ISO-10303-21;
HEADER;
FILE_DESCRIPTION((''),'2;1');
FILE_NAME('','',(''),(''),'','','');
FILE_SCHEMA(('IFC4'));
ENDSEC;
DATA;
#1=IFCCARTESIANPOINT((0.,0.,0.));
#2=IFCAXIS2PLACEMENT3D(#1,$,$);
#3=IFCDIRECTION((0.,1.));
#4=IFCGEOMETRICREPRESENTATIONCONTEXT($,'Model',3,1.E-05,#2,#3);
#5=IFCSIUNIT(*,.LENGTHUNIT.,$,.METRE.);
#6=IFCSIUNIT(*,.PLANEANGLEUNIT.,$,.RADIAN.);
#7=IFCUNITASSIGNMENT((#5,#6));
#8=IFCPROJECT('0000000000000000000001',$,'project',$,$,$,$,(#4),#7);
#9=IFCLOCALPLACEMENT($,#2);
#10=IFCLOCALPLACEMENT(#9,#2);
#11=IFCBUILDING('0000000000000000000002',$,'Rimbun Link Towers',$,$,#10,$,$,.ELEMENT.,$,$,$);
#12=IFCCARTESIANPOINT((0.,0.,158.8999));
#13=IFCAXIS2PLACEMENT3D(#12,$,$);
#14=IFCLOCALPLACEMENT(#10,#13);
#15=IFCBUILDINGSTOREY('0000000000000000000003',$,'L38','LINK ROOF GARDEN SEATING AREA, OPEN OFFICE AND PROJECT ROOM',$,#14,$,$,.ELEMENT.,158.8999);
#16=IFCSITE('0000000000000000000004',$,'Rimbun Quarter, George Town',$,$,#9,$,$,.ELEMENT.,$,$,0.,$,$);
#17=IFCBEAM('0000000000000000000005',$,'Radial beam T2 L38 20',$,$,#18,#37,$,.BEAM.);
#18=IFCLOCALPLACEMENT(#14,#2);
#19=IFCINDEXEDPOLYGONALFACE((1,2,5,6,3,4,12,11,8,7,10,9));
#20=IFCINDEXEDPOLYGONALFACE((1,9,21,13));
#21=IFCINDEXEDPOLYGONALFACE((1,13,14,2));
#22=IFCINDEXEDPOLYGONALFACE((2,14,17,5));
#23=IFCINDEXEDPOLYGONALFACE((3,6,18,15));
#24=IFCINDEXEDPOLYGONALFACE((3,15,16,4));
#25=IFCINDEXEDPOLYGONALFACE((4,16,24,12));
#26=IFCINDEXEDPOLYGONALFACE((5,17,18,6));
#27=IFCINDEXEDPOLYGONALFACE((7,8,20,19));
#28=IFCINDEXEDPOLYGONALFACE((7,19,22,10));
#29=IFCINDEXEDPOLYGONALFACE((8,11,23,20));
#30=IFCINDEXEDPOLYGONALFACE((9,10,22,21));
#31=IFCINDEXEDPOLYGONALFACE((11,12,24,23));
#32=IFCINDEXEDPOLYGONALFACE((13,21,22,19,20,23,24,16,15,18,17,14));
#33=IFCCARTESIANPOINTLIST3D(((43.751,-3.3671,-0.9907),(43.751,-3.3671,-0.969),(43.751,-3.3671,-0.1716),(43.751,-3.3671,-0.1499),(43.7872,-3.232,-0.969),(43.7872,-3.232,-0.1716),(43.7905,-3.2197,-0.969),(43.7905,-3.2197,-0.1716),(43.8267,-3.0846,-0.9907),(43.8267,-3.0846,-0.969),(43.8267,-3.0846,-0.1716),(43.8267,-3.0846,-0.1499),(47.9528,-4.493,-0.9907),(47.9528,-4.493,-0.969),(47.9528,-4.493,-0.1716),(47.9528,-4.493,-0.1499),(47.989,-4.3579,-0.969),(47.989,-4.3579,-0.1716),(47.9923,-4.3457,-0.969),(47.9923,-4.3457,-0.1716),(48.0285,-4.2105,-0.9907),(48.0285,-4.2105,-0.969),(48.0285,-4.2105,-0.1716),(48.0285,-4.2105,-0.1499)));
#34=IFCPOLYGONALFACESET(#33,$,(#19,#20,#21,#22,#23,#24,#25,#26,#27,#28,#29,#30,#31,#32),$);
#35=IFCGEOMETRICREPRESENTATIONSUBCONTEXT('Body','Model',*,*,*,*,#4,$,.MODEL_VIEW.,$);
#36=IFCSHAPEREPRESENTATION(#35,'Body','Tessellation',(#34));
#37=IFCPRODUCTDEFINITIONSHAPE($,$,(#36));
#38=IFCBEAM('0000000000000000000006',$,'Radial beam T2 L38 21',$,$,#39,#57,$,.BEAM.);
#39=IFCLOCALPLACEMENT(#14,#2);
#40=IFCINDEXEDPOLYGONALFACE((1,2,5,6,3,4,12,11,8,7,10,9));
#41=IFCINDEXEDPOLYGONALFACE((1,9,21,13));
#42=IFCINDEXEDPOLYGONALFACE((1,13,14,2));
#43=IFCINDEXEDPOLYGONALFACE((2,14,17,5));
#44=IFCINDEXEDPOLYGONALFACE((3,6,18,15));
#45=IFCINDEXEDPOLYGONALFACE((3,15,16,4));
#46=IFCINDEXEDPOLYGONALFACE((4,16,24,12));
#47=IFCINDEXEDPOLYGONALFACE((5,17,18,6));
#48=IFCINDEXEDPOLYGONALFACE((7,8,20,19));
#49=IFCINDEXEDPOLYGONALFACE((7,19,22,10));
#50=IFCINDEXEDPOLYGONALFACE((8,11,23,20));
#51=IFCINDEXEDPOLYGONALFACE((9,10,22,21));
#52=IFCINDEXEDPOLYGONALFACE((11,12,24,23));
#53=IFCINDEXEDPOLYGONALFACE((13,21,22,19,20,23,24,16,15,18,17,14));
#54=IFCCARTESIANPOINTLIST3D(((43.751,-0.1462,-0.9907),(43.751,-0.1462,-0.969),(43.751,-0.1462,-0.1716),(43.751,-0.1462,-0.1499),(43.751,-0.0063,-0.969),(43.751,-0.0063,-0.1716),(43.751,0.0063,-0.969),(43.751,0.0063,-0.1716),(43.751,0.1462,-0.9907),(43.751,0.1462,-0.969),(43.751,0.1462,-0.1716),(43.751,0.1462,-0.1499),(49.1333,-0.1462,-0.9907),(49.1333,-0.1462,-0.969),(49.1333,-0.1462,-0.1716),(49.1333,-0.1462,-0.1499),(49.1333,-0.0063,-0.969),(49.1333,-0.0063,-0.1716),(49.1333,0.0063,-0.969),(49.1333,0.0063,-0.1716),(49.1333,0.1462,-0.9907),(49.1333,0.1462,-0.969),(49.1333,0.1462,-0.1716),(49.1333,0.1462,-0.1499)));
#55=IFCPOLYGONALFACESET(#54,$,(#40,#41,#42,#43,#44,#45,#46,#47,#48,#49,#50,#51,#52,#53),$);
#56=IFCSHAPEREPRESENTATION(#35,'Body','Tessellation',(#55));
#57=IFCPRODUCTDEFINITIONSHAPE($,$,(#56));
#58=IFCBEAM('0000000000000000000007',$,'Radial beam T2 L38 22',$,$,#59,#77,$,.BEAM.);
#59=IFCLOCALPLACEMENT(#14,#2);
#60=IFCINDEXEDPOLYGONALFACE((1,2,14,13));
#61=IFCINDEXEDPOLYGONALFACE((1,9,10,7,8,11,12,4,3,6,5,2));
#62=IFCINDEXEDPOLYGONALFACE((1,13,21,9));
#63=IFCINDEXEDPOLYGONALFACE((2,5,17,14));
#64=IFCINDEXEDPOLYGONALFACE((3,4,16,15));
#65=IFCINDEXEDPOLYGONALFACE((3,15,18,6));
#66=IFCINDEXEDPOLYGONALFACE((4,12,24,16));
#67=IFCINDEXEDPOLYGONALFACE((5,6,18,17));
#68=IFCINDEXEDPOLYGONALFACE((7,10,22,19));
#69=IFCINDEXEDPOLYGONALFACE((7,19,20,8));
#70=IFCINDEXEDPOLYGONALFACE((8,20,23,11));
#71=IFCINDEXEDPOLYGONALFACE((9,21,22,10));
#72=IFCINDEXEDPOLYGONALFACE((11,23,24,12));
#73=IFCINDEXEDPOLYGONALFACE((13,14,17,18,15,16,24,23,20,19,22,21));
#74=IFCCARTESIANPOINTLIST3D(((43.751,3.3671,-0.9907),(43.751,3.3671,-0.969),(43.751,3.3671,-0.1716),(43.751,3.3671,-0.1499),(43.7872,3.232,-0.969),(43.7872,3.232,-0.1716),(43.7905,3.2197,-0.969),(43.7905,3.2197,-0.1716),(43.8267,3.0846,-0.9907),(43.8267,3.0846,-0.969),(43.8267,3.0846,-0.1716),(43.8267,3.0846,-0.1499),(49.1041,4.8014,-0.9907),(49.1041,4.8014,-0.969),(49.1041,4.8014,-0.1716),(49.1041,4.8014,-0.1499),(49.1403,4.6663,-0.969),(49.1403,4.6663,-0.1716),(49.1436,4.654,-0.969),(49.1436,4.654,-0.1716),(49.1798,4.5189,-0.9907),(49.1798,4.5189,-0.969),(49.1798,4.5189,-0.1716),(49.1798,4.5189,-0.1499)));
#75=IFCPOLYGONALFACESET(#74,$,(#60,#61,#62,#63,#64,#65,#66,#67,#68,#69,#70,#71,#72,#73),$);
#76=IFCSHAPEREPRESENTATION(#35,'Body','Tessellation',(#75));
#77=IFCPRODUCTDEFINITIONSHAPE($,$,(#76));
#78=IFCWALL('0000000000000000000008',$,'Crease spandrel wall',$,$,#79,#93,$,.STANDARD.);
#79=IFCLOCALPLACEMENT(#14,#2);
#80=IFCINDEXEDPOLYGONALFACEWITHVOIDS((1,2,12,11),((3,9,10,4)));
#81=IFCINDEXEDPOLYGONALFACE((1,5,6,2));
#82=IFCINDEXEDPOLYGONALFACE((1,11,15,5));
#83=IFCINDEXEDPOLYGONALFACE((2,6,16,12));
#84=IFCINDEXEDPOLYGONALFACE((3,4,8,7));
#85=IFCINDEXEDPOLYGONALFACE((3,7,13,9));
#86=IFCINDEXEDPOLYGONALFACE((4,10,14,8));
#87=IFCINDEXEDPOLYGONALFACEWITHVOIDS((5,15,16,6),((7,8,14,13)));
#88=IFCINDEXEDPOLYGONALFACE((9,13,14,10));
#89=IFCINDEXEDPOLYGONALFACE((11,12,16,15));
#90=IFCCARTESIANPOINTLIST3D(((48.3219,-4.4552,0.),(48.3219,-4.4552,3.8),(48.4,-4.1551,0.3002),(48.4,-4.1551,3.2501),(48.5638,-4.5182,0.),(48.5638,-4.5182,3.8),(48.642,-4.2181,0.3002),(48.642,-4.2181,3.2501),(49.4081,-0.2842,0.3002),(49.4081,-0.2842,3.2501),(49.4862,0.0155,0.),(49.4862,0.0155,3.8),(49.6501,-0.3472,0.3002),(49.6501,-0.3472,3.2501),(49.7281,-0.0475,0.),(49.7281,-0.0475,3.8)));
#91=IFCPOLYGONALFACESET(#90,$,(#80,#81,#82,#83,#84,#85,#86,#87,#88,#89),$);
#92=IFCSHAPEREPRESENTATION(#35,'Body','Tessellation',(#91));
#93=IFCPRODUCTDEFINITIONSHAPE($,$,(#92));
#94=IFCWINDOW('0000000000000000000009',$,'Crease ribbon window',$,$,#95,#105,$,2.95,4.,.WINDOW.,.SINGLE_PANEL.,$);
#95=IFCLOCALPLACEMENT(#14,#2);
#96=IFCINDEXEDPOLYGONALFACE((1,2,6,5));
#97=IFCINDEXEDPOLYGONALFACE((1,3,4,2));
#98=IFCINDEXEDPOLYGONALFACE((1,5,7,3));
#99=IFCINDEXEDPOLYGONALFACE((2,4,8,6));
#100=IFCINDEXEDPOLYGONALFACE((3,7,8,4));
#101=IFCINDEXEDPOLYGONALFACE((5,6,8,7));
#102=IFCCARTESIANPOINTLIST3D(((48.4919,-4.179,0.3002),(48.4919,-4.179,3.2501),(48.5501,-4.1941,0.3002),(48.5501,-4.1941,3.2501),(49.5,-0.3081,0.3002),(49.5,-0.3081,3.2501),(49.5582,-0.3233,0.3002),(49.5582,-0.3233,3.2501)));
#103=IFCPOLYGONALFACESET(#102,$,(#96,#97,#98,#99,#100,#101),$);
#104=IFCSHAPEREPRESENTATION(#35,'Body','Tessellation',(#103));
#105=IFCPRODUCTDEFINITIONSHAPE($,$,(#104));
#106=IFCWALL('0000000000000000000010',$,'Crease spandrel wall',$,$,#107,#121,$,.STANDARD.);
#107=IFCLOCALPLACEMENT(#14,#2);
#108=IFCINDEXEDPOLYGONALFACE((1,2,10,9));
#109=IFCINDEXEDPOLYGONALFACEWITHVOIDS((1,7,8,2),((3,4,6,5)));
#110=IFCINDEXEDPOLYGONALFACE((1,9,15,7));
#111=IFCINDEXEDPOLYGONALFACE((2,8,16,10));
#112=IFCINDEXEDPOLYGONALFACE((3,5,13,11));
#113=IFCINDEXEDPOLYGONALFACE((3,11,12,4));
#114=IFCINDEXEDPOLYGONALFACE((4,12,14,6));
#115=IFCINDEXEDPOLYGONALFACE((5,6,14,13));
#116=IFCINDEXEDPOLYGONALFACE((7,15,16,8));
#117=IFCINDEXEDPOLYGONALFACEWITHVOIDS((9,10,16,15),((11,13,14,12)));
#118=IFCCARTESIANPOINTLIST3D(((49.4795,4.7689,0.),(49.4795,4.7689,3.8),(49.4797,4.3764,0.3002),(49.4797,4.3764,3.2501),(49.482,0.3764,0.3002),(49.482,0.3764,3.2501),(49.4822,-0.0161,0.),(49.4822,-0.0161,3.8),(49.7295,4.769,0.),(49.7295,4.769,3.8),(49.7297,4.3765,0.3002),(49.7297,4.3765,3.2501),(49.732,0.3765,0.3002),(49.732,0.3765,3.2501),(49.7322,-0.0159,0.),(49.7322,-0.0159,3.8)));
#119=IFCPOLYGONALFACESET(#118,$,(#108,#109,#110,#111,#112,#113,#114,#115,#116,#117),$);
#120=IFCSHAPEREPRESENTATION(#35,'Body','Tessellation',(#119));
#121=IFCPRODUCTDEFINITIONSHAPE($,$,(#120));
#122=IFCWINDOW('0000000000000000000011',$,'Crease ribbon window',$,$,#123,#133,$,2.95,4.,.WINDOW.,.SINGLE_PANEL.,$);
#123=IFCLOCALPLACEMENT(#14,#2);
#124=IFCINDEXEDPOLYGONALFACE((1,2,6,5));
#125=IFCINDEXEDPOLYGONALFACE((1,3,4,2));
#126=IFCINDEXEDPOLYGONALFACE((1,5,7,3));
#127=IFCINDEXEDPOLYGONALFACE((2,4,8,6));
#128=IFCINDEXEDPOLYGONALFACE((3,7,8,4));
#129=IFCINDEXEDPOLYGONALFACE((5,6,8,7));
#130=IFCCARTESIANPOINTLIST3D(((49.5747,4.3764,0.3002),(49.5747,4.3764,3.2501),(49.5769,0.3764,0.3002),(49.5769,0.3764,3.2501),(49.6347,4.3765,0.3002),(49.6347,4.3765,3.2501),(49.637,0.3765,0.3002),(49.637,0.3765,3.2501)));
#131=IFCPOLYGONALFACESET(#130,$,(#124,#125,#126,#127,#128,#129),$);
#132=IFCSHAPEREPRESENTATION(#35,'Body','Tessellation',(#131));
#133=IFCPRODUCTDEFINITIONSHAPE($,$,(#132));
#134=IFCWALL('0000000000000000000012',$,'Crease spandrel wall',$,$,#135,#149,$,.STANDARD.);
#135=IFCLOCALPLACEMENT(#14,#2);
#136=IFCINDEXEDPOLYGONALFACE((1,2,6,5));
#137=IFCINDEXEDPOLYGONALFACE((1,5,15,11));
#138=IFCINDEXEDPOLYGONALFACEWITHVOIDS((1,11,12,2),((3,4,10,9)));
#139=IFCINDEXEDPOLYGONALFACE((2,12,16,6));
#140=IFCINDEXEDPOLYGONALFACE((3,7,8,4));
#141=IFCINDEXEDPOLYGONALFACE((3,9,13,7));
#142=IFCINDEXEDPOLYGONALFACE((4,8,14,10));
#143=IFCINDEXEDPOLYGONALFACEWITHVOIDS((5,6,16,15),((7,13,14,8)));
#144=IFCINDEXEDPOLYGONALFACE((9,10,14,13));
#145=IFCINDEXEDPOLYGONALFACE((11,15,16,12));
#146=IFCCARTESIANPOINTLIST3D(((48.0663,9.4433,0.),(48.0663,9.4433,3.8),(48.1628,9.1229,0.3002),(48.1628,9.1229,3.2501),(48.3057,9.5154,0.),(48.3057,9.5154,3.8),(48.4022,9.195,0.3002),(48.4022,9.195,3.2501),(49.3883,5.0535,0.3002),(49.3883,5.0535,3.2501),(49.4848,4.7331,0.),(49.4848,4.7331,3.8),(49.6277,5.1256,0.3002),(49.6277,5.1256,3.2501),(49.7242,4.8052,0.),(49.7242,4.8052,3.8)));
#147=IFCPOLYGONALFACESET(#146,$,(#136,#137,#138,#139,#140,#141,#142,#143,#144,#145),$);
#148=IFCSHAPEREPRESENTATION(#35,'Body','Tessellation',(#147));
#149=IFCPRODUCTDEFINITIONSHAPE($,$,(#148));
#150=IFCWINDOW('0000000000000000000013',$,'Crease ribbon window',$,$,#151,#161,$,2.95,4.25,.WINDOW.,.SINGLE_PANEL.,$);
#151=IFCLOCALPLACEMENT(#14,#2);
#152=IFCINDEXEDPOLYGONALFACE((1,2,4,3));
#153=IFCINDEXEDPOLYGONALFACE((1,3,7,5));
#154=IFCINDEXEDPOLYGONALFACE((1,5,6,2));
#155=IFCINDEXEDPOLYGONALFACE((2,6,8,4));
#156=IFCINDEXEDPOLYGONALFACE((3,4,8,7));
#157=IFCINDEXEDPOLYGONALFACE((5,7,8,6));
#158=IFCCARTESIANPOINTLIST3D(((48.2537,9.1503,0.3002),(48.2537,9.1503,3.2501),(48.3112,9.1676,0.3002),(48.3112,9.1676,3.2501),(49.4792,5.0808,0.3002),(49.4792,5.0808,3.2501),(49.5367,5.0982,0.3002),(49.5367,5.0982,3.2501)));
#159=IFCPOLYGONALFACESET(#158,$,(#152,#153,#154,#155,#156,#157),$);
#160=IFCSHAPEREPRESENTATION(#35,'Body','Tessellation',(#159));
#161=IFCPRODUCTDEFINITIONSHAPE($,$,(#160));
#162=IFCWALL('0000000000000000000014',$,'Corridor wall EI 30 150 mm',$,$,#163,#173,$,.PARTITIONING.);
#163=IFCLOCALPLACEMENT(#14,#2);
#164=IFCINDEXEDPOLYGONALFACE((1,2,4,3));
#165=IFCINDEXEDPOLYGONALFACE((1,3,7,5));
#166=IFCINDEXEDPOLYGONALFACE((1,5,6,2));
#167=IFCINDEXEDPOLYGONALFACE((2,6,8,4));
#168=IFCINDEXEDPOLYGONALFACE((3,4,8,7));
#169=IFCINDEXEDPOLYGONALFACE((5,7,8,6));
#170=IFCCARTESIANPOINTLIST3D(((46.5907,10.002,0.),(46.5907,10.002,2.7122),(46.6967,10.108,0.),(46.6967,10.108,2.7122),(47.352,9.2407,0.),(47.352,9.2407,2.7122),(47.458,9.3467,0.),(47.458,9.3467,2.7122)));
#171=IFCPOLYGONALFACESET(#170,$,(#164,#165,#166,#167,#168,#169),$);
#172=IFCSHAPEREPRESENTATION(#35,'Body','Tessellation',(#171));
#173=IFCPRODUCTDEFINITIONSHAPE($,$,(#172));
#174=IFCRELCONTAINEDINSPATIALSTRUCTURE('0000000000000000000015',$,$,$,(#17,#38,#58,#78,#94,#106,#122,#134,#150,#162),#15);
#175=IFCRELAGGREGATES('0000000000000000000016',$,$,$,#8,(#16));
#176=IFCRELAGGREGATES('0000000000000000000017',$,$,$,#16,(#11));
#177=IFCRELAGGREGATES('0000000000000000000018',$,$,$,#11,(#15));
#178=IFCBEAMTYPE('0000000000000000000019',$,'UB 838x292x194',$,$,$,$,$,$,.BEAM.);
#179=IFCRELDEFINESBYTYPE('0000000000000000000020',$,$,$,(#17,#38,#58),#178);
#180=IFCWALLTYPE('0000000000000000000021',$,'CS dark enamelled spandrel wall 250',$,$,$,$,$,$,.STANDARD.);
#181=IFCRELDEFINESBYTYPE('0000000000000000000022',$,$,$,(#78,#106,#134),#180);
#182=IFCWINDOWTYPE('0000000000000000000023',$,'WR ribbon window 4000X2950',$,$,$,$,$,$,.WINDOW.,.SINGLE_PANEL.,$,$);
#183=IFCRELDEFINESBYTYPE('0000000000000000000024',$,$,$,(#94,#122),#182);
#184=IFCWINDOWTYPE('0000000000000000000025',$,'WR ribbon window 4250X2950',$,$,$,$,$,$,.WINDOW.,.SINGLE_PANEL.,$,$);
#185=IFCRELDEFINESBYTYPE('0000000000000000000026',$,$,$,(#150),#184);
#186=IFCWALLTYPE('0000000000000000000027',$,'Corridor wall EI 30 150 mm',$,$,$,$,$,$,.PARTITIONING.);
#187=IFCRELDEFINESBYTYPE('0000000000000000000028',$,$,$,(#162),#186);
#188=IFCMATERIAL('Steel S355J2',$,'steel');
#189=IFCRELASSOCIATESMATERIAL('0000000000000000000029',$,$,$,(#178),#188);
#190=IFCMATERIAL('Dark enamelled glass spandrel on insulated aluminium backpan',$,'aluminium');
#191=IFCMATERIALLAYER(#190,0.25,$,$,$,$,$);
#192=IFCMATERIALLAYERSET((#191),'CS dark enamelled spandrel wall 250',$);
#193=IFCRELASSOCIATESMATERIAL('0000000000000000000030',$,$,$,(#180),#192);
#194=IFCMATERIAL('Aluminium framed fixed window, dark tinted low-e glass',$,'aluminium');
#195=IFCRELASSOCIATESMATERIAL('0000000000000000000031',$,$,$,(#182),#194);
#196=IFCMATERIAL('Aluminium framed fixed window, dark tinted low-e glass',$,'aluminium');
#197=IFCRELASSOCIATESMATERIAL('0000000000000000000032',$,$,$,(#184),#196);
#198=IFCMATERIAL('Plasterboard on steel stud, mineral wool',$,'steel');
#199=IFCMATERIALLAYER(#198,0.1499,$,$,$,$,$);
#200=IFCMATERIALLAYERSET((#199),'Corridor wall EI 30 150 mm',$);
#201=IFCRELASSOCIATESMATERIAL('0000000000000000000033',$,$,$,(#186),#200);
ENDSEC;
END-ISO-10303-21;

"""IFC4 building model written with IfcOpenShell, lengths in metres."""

from ifc_helpers import new_model, si_unit, direction, frame, frame_2d, origin, origin_2d, place, context, subcontext, project, spatial, rectangle, i_section, extrude, material, layer, layer_set, material_profile, profile_set, type_object, element, fill, save


model = new_model("IFC4")

# Units and contexts
model_context = context("Model", 3, precision=1e-05, world=origin(), true_north=direction((0.0, 1.0)))
body_context = subcontext(model_context, "Body", "Model", "MODEL_VIEW")
ifc_project = project(units=[si_unit("LENGTHUNIT", "METRE"), si_unit("PLANEANGLEUNIT", "RADIAN")], contexts=[model_context])

# Site, building, storey
site_placement = place(None, origin())
site = spatial("IfcSite", under=ifc_project, at=site_placement, Name="Rimbun Quarter, George Town", CompositionType="ELEMENT", RefElevation=0.0)
building_placement = place(site_placement, origin())
building = spatial("IfcBuilding", under=site, at=building_placement, Name="Rimbun Link Towers", CompositionType="ELEMENT")
storey_placement = place(building_placement, frame((0.0, 0.0, 158.8999)))
storey = spatial("IfcBuildingStorey", under=building, at=storey_placement, Name="L38", Description="LINK ROOF GARDEN SEATING AREA, OPEN OFFICE AND PROJECT ROOM", CompositionType="ELEMENT", Elevation=158.8999)

# Beams
ifc_material_1 = material(Name="Steel S355J2", Category="steel")
ifc_material_profile_1 = material_profile(ifc_material_1, i_section(OverallWidth=0.2925, OverallDepth=0.8408, WebThickness=0.0127, FlangeThickness=0.0217, at=origin_2d()), Name="UB 838x292x194")
ifc_profile_set_1 = profile_set([ifc_material_profile_1], Name="Steel S355J2")
beam_type_1 = type_object("IfcBeamType", Name="UB 838x292x194", PredefinedType="BEAM", material=ifc_profile_set_1)
beam_1_placement = place(storey_placement, frame((43.7888, -3.2258, -0.5703), z_axis=(0.965921, -0.258836, 0.0), x_axis=(0.258836, 0.965921, 0.0)))
element("IfcBeam", 1, at=beam_1_placement, inside=storey, type_object=beam_type_1, Name="Radial beam T2 L38 20", PredefinedType="BEAM", context=body_context, shape_type="SweptSolid", body=[
    extrude(i_section(OverallWidth=0.2925, OverallDepth=0.8408, WebThickness=0.0127, FlangeThickness=0.0217, at=origin_2d()), origin(), (0.0, 0.0, 1.0), 4.3501),
])
beam_2_placement = place(storey_placement, frame((43.751, 0.0, -0.5703), z_axis=(1.0, 0.0, 0.0), x_axis=(0.0, 1.0, 0.0)))
element("IfcBeam", 2, at=beam_2_placement, inside=storey, type_object=beam_type_1, Name="Radial beam T2 L38 21", PredefinedType="BEAM", context=body_context, shape_type="SweptSolid", body=[
    extrude(i_section(OverallWidth=0.2925, OverallDepth=0.8408, WebThickness=0.0127, FlangeThickness=0.0217, at=origin_2d()), origin(), (0.0, 0.0, 1.0), 5.3823),
])
beam_3_placement = place(storey_placement, frame((43.7888, 3.2258, -0.5703), z_axis=(0.965929, 0.258806, 0.0), x_axis=(-0.258806, 0.965929, 0.0)))
element("IfcBeam", 3, at=beam_3_placement, inside=storey, type_object=beam_type_1, Name="Radial beam T2 L38 22", PredefinedType="BEAM", context=body_context, shape_type="SweptSolid", body=[
    extrude(i_section(OverallWidth=0.2925, OverallDepth=0.8408, WebThickness=0.0127, FlangeThickness=0.0217, at=origin_2d()), origin(), (0.0, 0.0, 1.0), 5.542),
])

# Walls, openings, windows
ifc_material_2 = material(Name="Dark enamelled glass spandrel on insulated aluminium backpan", Category="aluminium")
ifc_layer_1 = layer(ifc_material_2, 0.25)
ifc_layer_set_1 = layer_set([ifc_layer_1], Name="CS dark enamelled spandrel wall 250")
wall_type_1 = type_object("IfcWallType", Name="CS dark enamelled spandrel wall 250", PredefinedType="STANDARD", material=ifc_layer_set_1)
wall_1_placement = place(storey_placement, frame((49.6072, -0.0159, 0.0), z_axis=(0.0, 0.0, 1.0), x_axis=(-0.252024, -0.967721, 0.0)))
wall_1 = element("IfcWall", 4, at=wall_1_placement, inside=storey, type_object=wall_type_1, Name="Crease spandrel wall", PredefinedType="STANDARD", context=body_context, shape_type="SweptSolid", body=[
    extrude(rectangle(XDim=4.6199, YDim=0.25, at=frame_2d((2.3101, 0.0))), origin(), (0.0, 0.0, 1.0), 3.8),
])
opening_1_placement = place(wall_1_placement, frame((0.3098, 0.0, 0.3)))
opening_1 = element("IfcOpeningElement", 5, at=opening_1_placement, cuts=wall_1, PredefinedType="OPENING", context=body_context, shape_type="SweptSolid", body=[
    extrude(rectangle(XDim=4.0, YDim=2.95, at=frame_2d((2.0, 1.4751))), frame((0.0, 0.135, 0.0), z_axis=(0.0, -1.0, 0.0), x_axis=(1.0, 0.0, 0.0)), (0.0, 0.0, 1.0), 0.27),
])
ifc_material_3 = material(Name="Aluminium framed fixed window, dark tinted low-e glass", Category="aluminium")
window_type_1 = type_object("IfcWindowType", Name="WR ribbon window 4000X2950", PartitioningType="SINGLE_PANEL", PredefinedType="WINDOW", material=ifc_material_3)
window_1_placement = place(opening_1_placement, origin())
window_1 = element("IfcWindow", 6, at=window_1_placement, inside=storey, type_object=window_type_1, Name="Crease ribbon window", OverallHeight=2.95, OverallWidth=4.0, PartitioningType="SINGLE_PANEL", PredefinedType="WINDOW", context=body_context, shape_type="SweptSolid", body=[
    extrude(rectangle(XDim=4.0, YDim=2.95, at=frame_2d((2.0, 1.4751))), frame((0.0, 0.03, 0.0), z_axis=(0.0, -1.0, 0.0), x_axis=(1.0, 0.0, 0.0)), (0.0, 0.0, 1.0), 0.0601),
])
fill(opening_1, window_1)
wall_2_placement = place(storey_placement, frame((49.6045, 4.769, 0.0), z_axis=(0.0, 0.0, 1.0), x_axis=(0.000561, -1.0, 0.0)))
wall_2 = element("IfcWall", 7, at=wall_2_placement, inside=storey, type_object=wall_type_1, Name="Crease spandrel wall", PredefinedType="STANDARD", context=body_context, shape_type="SweptSolid", body=[
    extrude(rectangle(XDim=4.7849, YDim=0.25, at=frame_2d((2.3926, 0.0))), origin(), (0.0, 0.0, 1.0), 3.8),
])
opening_2_placement = place(wall_2_placement, frame((0.3926, 0.0, 0.3)))
opening_2 = element("IfcOpeningElement", 8, at=opening_2_placement, cuts=wall_2, PredefinedType="OPENING", context=body_context, shape_type="SweptSolid", body=[
    extrude(rectangle(XDim=4.0, YDim=2.95, at=frame_2d((2.0, 1.4751))), frame((0.0, 0.135, 0.0), z_axis=(0.0, -1.0, 0.0), x_axis=(1.0, 0.0, 0.0)), (0.0, 0.0, 1.0), 0.27),
])
window_2_placement = place(opening_2_placement, origin())
window_2 = element("IfcWindow", 9, at=window_2_placement, inside=storey, type_object=window_type_1, Name="Crease ribbon window", OverallHeight=2.95, OverallWidth=4.0, PartitioningType="SINGLE_PANEL", PredefinedType="WINDOW", context=body_context, shape_type="SweptSolid", body=[
    extrude(rectangle(XDim=4.0, YDim=2.95, at=frame_2d((2.0, 1.4751))), frame((0.0, 0.03, 0.0), z_axis=(0.0, -1.0, 0.0), x_axis=(1.0, 0.0, 0.0)), (0.0, 0.0, 1.0), 0.0601),
])
fill(opening_2, window_2)
wall_3_placement = place(storey_placement, frame((48.186, 9.4792, 0.0), z_axis=(0.0, 0.0, 1.0), x_axis=(0.288354, -0.957524, 0.0)))
wall_3 = element("IfcWall", 10, at=wall_3_placement, inside=storey, type_object=wall_type_1, Name="Crease spandrel wall", PredefinedType="STANDARD", context=body_context, shape_type="SweptSolid", body=[
    extrude(rectangle(XDim=4.9192, YDim=0.25, at=frame_2d((2.4595, 0.0))), origin(), (0.0, 0.0, 1.0), 3.8),
])
opening_3_placement = place(wall_3_placement, frame((0.3345, 0.0, 0.3)))
opening_3 = element("IfcOpeningElement", 11, at=opening_3_placement, cuts=wall_3, PredefinedType="OPENING", context=body_context, shape_type="SweptSolid", body=[
    extrude(rectangle(XDim=4.25, YDim=2.95, at=frame_2d((2.125, 1.4751))), frame((0.0, 0.135, 0.0), z_axis=(0.0, -1.0, 0.0), x_axis=(1.0, 0.0, 0.0)), (0.0, 0.0, 1.0), 0.27),
])
ifc_material_4 = material(Name="Aluminium framed fixed window, dark tinted low-e glass", Category="aluminium")
window_type_2 = type_object("IfcWindowType", Name="WR ribbon window 4250X2950", PartitioningType="SINGLE_PANEL", PredefinedType="WINDOW", material=ifc_material_4)
window_3_placement = place(opening_3_placement, origin())
window_3 = element("IfcWindow", 12, at=window_3_placement, inside=storey, type_object=window_type_2, Name="Crease ribbon window", OverallHeight=2.95, OverallWidth=4.25, PartitioningType="SINGLE_PANEL", PredefinedType="WINDOW", context=body_context, shape_type="SweptSolid", body=[
    extrude(rectangle(XDim=4.25, YDim=2.95, at=frame_2d((2.125, 1.4751))), frame((0.0, 0.03, 0.0), z_axis=(0.0, -1.0, 0.0), x_axis=(1.0, 0.0, 0.0)), (0.0, 0.0, 1.0), 0.0601),
])
fill(opening_3, window_3)

# Wall
ifc_material_5 = material(Name="Plasterboard on steel stud, mineral wool", Category="steel")
ifc_layer_2 = layer(ifc_material_5, 0.1499)
ifc_layer_set_2 = layer_set([ifc_layer_2], Name="Corridor wall EI 30 150 mm")
wall_type_2 = type_object("IfcWallType", Name="Corridor wall EI 30 150 mm", PredefinedType="PARTITIONING", material=ifc_layer_set_2)
wall_4_placement = place(storey_placement, frame((47.405, 9.2937, 0.0), z_axis=(0.0, 0.0, 1.0), x_axis=(-0.707107, 0.707107, 0.0)))
element("IfcWall", 13, at=wall_4_placement, inside=storey, type_object=wall_type_2, Name="Corridor wall EI 30 150 mm", PredefinedType="PARTITIONING", context=body_context, shape_type="SweptSolid", body=[
    extrude(rectangle(XDim=1.0767, YDim=0.1499, at=frame_2d((0.5383, 0.0))), origin(), (0.0, 0.0, 1.0), 2.7122),
])

save(model, "model.ifc")
